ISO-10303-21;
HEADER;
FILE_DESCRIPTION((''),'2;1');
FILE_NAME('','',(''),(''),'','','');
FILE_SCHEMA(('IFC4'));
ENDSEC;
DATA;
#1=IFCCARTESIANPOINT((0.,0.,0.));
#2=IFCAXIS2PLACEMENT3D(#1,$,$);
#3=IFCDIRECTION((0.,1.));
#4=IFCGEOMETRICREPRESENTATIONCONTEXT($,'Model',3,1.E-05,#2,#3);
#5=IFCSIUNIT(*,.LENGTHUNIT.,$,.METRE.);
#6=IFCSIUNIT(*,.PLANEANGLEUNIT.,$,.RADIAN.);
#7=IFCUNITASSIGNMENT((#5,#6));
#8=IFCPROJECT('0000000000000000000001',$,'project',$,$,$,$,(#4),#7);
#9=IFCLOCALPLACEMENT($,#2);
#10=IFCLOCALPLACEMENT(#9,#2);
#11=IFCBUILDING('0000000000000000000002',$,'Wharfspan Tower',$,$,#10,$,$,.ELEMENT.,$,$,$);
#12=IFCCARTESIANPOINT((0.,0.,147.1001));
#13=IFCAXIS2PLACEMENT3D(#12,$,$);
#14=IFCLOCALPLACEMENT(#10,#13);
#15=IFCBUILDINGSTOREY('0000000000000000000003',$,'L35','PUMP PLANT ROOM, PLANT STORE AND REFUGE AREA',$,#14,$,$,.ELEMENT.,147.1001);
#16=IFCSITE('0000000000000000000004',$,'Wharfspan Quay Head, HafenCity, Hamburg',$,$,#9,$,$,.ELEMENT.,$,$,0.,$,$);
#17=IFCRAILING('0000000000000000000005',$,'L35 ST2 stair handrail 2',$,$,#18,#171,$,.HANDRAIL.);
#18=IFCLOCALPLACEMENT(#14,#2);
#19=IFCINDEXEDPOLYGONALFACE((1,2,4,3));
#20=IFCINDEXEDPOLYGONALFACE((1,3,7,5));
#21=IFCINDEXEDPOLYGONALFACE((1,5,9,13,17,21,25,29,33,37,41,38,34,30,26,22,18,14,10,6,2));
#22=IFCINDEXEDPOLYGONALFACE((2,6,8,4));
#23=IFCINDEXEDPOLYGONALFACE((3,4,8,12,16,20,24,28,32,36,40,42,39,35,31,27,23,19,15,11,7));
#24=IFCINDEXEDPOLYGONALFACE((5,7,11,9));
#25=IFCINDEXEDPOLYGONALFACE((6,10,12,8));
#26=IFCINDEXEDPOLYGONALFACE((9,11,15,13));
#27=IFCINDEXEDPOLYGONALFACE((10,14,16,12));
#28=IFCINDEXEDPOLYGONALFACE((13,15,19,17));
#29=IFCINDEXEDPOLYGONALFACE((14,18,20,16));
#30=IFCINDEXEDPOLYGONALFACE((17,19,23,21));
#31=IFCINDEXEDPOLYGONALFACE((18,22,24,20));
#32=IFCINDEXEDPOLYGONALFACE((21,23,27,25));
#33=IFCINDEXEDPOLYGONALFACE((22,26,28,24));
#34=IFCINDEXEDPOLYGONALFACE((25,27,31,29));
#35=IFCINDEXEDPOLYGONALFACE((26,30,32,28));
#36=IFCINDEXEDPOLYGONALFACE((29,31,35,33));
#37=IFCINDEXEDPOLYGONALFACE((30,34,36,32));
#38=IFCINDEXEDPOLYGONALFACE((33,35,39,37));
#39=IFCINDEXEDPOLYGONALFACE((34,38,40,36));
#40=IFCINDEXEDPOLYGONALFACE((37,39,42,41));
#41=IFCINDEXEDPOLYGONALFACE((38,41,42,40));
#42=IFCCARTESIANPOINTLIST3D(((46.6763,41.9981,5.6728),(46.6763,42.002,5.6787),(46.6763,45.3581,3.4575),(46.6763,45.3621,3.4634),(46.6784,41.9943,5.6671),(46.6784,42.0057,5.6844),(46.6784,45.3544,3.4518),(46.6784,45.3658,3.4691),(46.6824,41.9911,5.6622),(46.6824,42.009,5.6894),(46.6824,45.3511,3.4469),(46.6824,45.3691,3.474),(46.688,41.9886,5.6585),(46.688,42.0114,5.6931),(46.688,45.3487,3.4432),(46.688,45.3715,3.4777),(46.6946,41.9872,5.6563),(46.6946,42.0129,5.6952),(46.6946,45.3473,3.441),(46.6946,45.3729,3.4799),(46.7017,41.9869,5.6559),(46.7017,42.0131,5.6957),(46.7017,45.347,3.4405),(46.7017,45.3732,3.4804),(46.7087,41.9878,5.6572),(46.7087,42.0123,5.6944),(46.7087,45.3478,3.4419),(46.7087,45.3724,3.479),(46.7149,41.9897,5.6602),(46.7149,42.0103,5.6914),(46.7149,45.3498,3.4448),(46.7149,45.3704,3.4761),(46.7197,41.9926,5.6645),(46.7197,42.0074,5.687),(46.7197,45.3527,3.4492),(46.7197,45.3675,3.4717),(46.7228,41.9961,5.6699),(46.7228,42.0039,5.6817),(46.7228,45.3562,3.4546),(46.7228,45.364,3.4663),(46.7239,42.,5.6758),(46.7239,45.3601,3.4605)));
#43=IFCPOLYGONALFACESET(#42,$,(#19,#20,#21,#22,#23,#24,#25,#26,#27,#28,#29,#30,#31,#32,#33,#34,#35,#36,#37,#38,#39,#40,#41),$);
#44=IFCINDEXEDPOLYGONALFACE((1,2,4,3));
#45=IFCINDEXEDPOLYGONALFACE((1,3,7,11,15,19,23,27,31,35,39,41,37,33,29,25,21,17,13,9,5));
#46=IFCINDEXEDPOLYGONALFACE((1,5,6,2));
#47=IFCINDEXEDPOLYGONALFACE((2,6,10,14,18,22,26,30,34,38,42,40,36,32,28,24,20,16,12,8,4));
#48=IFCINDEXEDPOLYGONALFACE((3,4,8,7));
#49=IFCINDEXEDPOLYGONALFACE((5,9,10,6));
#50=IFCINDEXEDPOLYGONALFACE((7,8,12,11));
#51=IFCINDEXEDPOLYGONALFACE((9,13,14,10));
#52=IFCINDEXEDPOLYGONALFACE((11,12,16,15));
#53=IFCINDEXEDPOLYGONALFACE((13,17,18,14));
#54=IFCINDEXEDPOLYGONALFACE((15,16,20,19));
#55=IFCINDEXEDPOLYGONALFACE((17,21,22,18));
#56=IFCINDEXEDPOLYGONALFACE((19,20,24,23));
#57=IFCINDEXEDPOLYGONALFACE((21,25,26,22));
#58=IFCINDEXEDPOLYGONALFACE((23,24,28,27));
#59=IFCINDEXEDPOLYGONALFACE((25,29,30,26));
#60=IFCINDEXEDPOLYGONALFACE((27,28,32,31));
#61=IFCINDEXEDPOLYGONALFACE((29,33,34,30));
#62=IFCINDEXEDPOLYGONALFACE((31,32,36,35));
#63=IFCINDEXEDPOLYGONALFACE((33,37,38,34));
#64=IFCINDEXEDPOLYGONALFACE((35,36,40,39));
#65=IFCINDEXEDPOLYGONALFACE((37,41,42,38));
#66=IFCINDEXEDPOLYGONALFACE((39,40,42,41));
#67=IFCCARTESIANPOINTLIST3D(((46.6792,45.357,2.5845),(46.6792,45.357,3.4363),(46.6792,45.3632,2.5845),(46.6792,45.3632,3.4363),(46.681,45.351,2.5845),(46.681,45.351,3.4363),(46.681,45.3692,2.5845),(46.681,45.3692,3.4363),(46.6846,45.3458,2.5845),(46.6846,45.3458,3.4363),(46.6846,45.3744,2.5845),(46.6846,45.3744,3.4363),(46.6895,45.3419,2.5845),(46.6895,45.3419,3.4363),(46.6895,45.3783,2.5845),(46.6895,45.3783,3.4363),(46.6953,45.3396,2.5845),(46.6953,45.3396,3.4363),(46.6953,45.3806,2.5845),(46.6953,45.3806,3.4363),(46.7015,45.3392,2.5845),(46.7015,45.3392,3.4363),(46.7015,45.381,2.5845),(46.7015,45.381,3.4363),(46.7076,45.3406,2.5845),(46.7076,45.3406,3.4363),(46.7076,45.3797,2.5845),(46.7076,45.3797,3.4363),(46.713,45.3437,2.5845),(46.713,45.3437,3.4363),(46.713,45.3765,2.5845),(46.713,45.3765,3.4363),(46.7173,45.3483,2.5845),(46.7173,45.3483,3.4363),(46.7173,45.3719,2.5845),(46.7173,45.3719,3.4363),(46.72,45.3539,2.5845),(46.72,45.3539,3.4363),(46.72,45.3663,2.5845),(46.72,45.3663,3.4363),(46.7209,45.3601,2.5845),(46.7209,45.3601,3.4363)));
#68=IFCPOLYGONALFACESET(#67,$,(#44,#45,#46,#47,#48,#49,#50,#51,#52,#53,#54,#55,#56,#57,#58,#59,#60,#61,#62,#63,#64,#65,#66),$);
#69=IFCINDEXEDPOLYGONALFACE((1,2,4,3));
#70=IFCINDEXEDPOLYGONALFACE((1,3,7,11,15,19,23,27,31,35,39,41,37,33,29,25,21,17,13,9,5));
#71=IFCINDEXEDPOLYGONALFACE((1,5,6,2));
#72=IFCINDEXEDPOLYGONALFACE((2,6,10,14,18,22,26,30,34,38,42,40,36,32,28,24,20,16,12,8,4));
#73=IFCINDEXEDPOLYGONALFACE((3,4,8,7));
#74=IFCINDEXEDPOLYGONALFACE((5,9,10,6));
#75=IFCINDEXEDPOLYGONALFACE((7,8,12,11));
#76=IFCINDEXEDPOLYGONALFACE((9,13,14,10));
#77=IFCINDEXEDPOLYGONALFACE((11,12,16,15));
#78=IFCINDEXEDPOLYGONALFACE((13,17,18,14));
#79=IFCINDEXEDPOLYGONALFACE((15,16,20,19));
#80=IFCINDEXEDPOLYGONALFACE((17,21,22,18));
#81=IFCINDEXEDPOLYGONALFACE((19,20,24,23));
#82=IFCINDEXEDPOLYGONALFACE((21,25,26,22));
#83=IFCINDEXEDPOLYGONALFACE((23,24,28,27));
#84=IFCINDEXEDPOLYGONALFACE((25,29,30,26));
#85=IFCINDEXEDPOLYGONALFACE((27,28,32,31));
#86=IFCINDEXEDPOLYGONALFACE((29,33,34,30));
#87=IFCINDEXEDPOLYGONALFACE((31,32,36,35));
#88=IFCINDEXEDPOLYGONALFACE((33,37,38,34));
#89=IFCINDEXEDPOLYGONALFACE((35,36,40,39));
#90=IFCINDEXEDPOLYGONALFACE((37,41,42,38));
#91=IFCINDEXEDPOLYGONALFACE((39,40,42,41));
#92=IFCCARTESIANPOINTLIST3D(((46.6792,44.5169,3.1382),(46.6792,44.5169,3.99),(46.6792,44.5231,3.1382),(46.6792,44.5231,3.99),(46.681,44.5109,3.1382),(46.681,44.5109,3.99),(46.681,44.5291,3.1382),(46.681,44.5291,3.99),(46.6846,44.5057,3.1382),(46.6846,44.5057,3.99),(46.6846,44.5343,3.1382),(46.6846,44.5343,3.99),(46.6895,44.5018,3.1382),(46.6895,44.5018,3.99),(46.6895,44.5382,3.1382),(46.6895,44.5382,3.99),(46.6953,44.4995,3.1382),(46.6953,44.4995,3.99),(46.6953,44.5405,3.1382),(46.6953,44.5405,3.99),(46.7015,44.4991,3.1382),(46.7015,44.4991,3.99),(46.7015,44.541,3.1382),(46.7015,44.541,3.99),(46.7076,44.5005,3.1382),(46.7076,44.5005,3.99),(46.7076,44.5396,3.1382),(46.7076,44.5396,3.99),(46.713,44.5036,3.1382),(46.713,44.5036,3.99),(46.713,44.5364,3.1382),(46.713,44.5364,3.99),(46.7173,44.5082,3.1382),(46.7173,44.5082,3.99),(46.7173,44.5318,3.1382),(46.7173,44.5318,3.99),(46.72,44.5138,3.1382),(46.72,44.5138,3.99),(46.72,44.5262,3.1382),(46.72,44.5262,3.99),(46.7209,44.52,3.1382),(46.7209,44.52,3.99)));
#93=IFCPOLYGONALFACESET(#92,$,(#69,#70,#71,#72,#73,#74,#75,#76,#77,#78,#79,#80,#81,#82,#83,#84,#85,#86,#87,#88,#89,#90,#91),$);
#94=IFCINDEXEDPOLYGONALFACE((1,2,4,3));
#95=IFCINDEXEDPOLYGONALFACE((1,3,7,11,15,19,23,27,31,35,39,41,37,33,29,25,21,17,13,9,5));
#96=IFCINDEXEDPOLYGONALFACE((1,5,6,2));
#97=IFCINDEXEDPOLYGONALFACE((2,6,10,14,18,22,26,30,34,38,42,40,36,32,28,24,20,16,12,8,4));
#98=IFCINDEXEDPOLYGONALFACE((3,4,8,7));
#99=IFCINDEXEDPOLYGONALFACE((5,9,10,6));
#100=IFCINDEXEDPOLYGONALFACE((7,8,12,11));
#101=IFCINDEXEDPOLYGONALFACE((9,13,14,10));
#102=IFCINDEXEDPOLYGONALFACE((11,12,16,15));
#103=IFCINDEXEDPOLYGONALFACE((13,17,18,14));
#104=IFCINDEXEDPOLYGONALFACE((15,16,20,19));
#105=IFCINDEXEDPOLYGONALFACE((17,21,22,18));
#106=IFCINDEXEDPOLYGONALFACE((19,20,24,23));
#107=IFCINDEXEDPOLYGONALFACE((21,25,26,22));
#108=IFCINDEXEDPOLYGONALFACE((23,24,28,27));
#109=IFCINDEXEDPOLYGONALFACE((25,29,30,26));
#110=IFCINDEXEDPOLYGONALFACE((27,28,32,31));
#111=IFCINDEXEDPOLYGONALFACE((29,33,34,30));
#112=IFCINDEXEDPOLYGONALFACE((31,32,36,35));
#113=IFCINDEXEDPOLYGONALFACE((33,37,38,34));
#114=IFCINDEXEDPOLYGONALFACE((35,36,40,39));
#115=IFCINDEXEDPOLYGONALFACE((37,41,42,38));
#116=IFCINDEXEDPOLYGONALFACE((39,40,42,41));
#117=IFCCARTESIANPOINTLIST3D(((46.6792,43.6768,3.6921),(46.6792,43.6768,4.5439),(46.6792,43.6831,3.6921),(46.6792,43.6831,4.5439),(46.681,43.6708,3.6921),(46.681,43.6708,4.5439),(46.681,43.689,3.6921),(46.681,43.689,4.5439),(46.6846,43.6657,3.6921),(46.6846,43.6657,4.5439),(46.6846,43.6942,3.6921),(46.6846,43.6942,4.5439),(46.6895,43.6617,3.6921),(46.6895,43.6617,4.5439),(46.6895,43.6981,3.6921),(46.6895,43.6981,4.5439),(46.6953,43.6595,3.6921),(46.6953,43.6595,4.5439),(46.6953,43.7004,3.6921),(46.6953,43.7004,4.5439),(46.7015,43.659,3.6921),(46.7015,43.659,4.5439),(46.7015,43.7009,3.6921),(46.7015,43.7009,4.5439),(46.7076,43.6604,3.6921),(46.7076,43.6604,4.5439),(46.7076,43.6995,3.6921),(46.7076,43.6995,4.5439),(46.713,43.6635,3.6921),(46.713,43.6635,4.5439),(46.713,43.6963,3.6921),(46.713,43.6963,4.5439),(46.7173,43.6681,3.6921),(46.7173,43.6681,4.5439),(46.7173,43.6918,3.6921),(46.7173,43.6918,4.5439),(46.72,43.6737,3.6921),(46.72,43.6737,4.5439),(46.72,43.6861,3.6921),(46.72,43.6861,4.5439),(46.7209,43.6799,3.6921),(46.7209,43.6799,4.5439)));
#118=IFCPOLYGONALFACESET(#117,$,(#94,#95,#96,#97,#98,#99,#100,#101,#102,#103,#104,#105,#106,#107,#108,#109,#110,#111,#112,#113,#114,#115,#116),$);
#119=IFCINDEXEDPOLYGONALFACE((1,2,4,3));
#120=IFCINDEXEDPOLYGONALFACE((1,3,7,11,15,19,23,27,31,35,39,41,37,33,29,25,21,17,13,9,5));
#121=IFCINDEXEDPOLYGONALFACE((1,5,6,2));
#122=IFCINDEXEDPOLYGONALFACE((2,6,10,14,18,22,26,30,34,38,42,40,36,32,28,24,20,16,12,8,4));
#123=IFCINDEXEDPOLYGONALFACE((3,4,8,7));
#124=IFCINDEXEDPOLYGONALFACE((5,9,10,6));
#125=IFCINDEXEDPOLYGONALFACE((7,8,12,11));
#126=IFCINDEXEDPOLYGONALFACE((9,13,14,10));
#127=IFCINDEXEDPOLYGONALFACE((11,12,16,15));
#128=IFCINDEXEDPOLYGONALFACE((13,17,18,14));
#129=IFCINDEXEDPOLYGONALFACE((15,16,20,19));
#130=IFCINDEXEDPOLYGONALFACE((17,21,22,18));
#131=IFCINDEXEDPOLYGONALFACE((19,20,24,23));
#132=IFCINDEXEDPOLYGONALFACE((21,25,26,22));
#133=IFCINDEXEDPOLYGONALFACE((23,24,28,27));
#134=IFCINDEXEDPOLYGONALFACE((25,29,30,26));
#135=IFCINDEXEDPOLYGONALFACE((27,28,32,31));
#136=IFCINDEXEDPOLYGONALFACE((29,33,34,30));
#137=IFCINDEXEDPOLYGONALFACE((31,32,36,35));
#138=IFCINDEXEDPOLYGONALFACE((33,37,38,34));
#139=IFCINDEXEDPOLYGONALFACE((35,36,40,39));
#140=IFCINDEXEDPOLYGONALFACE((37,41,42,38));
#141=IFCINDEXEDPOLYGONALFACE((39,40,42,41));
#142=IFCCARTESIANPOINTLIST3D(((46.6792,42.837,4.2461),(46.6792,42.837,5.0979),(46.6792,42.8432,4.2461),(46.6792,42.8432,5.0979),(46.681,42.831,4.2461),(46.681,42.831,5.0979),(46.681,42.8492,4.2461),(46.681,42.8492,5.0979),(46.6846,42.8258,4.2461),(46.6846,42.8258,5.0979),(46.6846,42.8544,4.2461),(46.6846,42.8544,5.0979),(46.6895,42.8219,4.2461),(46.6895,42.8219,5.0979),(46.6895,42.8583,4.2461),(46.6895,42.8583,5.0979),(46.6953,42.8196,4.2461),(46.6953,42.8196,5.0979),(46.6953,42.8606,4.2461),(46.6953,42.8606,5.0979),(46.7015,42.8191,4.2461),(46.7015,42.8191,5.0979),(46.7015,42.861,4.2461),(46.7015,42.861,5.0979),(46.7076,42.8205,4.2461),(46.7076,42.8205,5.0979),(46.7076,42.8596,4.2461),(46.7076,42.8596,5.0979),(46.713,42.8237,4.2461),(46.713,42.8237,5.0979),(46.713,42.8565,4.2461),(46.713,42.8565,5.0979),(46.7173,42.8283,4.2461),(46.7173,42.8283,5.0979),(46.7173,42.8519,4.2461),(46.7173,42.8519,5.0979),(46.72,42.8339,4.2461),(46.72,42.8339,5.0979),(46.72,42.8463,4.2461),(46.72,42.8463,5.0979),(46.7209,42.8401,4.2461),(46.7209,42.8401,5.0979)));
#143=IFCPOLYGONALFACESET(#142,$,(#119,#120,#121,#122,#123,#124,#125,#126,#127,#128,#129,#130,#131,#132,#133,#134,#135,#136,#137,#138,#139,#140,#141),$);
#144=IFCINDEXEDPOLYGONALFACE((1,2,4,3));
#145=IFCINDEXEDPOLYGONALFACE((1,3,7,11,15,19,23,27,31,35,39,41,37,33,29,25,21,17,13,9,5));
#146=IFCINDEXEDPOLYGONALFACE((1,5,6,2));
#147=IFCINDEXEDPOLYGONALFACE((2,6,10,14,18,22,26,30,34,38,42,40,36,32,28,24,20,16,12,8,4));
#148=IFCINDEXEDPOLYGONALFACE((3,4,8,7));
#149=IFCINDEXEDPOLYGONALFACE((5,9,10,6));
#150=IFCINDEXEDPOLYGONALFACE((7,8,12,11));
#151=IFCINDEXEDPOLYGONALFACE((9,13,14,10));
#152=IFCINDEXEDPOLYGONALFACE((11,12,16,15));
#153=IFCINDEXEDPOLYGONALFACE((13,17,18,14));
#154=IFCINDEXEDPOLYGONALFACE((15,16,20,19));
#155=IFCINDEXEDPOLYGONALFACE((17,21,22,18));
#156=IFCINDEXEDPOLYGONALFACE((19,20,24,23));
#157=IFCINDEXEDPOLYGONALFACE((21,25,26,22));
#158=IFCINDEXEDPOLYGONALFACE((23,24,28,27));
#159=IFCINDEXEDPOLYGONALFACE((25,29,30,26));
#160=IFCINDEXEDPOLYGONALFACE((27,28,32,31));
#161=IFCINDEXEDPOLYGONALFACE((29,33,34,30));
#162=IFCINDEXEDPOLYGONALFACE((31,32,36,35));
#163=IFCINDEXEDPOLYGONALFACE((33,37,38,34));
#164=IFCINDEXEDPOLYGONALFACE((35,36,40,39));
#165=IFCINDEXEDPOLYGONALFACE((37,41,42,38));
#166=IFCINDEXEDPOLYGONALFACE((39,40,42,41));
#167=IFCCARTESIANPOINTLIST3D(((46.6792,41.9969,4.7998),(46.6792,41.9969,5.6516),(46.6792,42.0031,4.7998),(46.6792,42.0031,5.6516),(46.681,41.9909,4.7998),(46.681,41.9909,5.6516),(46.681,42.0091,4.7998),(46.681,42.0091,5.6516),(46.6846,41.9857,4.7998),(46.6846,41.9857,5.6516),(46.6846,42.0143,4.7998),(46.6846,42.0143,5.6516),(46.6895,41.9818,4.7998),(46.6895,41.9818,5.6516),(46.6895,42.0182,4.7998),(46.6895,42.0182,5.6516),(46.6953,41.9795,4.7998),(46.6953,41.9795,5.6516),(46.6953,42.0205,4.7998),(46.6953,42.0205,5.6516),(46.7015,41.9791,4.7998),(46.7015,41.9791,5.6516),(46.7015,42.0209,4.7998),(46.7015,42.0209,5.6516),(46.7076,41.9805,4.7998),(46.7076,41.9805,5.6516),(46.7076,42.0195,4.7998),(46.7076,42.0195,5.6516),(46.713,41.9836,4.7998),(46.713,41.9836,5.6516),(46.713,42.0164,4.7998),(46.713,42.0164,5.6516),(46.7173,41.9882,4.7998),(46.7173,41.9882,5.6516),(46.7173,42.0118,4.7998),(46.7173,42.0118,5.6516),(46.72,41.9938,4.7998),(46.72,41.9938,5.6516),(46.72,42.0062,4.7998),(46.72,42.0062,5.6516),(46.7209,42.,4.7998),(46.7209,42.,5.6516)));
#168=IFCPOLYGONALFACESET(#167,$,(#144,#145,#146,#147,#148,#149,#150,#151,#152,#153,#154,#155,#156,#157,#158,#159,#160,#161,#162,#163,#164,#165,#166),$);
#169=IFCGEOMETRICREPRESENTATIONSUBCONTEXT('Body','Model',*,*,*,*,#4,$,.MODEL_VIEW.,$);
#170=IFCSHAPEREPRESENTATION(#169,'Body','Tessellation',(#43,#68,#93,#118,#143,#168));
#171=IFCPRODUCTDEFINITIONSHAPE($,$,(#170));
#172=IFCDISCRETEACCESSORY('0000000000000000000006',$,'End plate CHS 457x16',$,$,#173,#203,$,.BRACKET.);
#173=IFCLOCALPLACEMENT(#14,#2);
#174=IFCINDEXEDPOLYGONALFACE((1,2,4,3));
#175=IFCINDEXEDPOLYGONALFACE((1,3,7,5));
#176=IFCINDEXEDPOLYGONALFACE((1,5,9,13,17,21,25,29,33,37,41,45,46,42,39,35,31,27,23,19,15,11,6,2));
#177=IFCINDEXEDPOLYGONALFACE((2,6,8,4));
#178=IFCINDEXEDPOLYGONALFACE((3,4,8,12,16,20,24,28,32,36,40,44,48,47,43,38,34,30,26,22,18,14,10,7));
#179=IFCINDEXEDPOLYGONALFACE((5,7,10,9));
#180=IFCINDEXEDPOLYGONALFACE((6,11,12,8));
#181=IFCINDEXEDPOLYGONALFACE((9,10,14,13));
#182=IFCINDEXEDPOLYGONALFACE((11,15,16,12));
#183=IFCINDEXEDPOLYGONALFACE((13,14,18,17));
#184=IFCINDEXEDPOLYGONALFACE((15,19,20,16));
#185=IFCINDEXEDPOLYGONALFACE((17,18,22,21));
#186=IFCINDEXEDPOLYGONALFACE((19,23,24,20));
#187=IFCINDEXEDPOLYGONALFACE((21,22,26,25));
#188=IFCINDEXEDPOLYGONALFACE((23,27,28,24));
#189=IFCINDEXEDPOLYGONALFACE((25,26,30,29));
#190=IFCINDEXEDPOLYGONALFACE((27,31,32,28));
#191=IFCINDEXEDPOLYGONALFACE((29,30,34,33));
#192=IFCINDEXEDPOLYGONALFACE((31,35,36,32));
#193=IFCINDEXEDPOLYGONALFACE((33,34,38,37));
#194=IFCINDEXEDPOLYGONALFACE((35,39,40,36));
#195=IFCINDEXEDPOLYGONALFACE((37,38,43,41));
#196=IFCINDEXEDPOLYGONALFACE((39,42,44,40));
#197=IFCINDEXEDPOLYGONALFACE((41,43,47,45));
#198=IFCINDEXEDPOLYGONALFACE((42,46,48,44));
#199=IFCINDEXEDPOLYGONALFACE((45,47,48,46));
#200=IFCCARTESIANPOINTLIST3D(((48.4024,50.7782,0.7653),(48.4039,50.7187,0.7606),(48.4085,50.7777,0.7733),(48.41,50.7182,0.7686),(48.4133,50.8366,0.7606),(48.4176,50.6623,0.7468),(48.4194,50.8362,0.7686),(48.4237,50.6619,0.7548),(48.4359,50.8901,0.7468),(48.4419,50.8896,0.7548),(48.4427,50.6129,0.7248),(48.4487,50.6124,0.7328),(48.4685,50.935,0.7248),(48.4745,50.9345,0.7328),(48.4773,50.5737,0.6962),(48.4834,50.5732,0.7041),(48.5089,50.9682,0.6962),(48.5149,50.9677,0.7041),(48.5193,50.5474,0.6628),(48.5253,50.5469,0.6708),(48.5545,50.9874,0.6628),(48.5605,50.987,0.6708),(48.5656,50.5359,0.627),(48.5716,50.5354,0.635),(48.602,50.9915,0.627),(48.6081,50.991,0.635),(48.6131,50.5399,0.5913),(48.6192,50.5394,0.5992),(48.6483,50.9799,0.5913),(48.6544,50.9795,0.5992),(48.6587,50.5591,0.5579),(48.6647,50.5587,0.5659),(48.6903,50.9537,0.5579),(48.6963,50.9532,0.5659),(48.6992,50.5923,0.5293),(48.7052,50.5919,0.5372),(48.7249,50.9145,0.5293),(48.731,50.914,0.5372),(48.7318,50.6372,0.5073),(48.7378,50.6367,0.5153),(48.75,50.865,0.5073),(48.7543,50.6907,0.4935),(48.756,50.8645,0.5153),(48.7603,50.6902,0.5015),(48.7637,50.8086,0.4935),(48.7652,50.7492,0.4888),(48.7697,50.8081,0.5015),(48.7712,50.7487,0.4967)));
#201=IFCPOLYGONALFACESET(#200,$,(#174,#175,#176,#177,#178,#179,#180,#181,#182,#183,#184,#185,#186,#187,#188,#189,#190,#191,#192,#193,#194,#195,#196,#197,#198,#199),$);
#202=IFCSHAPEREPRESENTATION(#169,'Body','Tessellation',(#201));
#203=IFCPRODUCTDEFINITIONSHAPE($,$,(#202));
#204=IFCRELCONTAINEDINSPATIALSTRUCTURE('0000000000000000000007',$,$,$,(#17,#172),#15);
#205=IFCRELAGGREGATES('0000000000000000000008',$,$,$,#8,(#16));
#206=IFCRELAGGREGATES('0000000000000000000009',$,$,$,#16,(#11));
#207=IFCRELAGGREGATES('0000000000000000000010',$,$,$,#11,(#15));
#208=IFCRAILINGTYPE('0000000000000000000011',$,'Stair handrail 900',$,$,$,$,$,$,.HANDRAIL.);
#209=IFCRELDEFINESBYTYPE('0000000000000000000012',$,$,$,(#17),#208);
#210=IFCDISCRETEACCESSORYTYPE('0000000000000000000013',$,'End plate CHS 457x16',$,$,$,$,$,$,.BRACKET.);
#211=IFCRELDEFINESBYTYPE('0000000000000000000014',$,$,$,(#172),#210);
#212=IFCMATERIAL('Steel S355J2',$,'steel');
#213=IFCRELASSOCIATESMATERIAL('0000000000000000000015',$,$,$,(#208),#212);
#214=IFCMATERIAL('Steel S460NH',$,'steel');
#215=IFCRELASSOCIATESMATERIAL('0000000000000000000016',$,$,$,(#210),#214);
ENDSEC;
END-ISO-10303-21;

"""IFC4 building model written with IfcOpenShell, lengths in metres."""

from ifc_helpers import new_model, si_unit, direction, frame, origin, origin_2d, place, context, subcontext, project, spatial, circle, extrude, material, material_profile, profile_set, type_object, element, save


model = new_model("IFC4")

# Units and contexts
model_context = context("Model", 3, precision=1e-05, world=origin(), true_north=direction((0.0, 1.0)))
body_context = subcontext(model_context, "Body", "Model", "MODEL_VIEW")
ifc_project = project(units=[si_unit("LENGTHUNIT", "METRE"), si_unit("PLANEANGLEUNIT", "RADIAN")], contexts=[model_context])

# Site, building, storey
site_placement = place(None, origin())
site = spatial("IfcSite", under=ifc_project, at=site_placement, Name="Wharfspan Quay Head, HafenCity, Hamburg", CompositionType="ELEMENT", RefElevation=0.0)
building_placement = place(site_placement, origin())
building = spatial("IfcBuilding", under=site, at=building_placement, Name="Wharfspan Tower", CompositionType="ELEMENT")
storey_placement = place(building_placement, frame((0.0, 0.0, 147.1001)))
storey = spatial("IfcBuildingStorey", under=building, at=storey_placement, Name="L35", Description="PUMP PLANT ROOM, PLANT STORE AND REFUGE AREA", CompositionType="ELEMENT", Elevation=147.1001)

# Shared definitions
ifc_material_1 = material(Name="Steel S355J2", Category="steel")

# Railing
railing_type = type_object("IfcRailingType", Name="Stair handrail 900", PredefinedType="HANDRAIL", material=ifc_material_1)
railing_placement = place(storey_placement, frame((46.7, 45.3601, 2.5845)))
element("IfcRailing", 1, at=railing_placement, inside=storey, type_object=railing_type, Name="L35 ST2 stair handrail 2", PredefinedType="HANDRAIL", context=body_context, shape_type="SweptSolid", body=[
    extrude(circle(Radius=0.0239, at=origin_2d()), frame((0.0, 0.0, 0.876), z_axis=(0.0, -0.834876, 0.550437), x_axis=(1.0, 0.0, 0.0)), (0.0, 0.0, 1.0), 4.0247),
    extrude(circle(Radius=0.021, at=origin_2d()), origin(), (0.0, 0.0, 1.0), 0.8518),
    extrude(circle(Radius=0.021, at=origin_2d()), frame((0.0, -0.8401, 0.5537)), (0.0, 0.0, 1.0), 0.8518),
    extrude(circle(Radius=0.021, at=origin_2d()), frame((0.0, -1.6802, 1.1077)), (0.0, 0.0, 1.0), 0.8518),
    extrude(circle(Radius=0.021, at=origin_2d()), frame((0.0, -2.52, 1.6616)), (0.0, 0.0, 1.0), 0.8518),
    extrude(circle(Radius=0.021, at=origin_2d()), frame((0.0, -3.3601, 2.2153)), (0.0, 0.0, 1.0), 0.8518),
])

# Discrete accessory
ifc_material_2 = material(Name="Steel S460NH", Category="steel")
ifc_material_profile_1 = material_profile(ifc_material_2, circle(Radius=0.2285, at=origin_2d()))
ifc_profile_set_1 = profile_set([ifc_material_profile_1], Name="Steel S460NH")
discrete_accessory_type_1 = type_object("IfcDiscreteAccessoryType", Name="End plate CHS 457x16", PredefinedType="BRACKET", material=ifc_profile_set_1)
for number, where, z_axis, x_axis, name in (
    (2, (48.5898, 50.7632, 0.635), (-0.603154, 0.048252, -0.796164), (-0.079745, -0.996819, 0.0), "End plate CHS 457x16"),
):
    element("IfcDiscreteAccessory", number, at=place(storey_placement, frame(where, z_axis=z_axis, x_axis=x_axis)), inside=storey, type_object=discrete_accessory_type_1, Name=name, PredefinedType="BRACKET", context=body_context, shape_type="SweptSolid", body=[
        extrude(circle(Radius=0.2285, at=origin_2d()), origin(), (0.0, 0.0, 1.0), 0.01),
    ])

save(model, "model.ifc")
